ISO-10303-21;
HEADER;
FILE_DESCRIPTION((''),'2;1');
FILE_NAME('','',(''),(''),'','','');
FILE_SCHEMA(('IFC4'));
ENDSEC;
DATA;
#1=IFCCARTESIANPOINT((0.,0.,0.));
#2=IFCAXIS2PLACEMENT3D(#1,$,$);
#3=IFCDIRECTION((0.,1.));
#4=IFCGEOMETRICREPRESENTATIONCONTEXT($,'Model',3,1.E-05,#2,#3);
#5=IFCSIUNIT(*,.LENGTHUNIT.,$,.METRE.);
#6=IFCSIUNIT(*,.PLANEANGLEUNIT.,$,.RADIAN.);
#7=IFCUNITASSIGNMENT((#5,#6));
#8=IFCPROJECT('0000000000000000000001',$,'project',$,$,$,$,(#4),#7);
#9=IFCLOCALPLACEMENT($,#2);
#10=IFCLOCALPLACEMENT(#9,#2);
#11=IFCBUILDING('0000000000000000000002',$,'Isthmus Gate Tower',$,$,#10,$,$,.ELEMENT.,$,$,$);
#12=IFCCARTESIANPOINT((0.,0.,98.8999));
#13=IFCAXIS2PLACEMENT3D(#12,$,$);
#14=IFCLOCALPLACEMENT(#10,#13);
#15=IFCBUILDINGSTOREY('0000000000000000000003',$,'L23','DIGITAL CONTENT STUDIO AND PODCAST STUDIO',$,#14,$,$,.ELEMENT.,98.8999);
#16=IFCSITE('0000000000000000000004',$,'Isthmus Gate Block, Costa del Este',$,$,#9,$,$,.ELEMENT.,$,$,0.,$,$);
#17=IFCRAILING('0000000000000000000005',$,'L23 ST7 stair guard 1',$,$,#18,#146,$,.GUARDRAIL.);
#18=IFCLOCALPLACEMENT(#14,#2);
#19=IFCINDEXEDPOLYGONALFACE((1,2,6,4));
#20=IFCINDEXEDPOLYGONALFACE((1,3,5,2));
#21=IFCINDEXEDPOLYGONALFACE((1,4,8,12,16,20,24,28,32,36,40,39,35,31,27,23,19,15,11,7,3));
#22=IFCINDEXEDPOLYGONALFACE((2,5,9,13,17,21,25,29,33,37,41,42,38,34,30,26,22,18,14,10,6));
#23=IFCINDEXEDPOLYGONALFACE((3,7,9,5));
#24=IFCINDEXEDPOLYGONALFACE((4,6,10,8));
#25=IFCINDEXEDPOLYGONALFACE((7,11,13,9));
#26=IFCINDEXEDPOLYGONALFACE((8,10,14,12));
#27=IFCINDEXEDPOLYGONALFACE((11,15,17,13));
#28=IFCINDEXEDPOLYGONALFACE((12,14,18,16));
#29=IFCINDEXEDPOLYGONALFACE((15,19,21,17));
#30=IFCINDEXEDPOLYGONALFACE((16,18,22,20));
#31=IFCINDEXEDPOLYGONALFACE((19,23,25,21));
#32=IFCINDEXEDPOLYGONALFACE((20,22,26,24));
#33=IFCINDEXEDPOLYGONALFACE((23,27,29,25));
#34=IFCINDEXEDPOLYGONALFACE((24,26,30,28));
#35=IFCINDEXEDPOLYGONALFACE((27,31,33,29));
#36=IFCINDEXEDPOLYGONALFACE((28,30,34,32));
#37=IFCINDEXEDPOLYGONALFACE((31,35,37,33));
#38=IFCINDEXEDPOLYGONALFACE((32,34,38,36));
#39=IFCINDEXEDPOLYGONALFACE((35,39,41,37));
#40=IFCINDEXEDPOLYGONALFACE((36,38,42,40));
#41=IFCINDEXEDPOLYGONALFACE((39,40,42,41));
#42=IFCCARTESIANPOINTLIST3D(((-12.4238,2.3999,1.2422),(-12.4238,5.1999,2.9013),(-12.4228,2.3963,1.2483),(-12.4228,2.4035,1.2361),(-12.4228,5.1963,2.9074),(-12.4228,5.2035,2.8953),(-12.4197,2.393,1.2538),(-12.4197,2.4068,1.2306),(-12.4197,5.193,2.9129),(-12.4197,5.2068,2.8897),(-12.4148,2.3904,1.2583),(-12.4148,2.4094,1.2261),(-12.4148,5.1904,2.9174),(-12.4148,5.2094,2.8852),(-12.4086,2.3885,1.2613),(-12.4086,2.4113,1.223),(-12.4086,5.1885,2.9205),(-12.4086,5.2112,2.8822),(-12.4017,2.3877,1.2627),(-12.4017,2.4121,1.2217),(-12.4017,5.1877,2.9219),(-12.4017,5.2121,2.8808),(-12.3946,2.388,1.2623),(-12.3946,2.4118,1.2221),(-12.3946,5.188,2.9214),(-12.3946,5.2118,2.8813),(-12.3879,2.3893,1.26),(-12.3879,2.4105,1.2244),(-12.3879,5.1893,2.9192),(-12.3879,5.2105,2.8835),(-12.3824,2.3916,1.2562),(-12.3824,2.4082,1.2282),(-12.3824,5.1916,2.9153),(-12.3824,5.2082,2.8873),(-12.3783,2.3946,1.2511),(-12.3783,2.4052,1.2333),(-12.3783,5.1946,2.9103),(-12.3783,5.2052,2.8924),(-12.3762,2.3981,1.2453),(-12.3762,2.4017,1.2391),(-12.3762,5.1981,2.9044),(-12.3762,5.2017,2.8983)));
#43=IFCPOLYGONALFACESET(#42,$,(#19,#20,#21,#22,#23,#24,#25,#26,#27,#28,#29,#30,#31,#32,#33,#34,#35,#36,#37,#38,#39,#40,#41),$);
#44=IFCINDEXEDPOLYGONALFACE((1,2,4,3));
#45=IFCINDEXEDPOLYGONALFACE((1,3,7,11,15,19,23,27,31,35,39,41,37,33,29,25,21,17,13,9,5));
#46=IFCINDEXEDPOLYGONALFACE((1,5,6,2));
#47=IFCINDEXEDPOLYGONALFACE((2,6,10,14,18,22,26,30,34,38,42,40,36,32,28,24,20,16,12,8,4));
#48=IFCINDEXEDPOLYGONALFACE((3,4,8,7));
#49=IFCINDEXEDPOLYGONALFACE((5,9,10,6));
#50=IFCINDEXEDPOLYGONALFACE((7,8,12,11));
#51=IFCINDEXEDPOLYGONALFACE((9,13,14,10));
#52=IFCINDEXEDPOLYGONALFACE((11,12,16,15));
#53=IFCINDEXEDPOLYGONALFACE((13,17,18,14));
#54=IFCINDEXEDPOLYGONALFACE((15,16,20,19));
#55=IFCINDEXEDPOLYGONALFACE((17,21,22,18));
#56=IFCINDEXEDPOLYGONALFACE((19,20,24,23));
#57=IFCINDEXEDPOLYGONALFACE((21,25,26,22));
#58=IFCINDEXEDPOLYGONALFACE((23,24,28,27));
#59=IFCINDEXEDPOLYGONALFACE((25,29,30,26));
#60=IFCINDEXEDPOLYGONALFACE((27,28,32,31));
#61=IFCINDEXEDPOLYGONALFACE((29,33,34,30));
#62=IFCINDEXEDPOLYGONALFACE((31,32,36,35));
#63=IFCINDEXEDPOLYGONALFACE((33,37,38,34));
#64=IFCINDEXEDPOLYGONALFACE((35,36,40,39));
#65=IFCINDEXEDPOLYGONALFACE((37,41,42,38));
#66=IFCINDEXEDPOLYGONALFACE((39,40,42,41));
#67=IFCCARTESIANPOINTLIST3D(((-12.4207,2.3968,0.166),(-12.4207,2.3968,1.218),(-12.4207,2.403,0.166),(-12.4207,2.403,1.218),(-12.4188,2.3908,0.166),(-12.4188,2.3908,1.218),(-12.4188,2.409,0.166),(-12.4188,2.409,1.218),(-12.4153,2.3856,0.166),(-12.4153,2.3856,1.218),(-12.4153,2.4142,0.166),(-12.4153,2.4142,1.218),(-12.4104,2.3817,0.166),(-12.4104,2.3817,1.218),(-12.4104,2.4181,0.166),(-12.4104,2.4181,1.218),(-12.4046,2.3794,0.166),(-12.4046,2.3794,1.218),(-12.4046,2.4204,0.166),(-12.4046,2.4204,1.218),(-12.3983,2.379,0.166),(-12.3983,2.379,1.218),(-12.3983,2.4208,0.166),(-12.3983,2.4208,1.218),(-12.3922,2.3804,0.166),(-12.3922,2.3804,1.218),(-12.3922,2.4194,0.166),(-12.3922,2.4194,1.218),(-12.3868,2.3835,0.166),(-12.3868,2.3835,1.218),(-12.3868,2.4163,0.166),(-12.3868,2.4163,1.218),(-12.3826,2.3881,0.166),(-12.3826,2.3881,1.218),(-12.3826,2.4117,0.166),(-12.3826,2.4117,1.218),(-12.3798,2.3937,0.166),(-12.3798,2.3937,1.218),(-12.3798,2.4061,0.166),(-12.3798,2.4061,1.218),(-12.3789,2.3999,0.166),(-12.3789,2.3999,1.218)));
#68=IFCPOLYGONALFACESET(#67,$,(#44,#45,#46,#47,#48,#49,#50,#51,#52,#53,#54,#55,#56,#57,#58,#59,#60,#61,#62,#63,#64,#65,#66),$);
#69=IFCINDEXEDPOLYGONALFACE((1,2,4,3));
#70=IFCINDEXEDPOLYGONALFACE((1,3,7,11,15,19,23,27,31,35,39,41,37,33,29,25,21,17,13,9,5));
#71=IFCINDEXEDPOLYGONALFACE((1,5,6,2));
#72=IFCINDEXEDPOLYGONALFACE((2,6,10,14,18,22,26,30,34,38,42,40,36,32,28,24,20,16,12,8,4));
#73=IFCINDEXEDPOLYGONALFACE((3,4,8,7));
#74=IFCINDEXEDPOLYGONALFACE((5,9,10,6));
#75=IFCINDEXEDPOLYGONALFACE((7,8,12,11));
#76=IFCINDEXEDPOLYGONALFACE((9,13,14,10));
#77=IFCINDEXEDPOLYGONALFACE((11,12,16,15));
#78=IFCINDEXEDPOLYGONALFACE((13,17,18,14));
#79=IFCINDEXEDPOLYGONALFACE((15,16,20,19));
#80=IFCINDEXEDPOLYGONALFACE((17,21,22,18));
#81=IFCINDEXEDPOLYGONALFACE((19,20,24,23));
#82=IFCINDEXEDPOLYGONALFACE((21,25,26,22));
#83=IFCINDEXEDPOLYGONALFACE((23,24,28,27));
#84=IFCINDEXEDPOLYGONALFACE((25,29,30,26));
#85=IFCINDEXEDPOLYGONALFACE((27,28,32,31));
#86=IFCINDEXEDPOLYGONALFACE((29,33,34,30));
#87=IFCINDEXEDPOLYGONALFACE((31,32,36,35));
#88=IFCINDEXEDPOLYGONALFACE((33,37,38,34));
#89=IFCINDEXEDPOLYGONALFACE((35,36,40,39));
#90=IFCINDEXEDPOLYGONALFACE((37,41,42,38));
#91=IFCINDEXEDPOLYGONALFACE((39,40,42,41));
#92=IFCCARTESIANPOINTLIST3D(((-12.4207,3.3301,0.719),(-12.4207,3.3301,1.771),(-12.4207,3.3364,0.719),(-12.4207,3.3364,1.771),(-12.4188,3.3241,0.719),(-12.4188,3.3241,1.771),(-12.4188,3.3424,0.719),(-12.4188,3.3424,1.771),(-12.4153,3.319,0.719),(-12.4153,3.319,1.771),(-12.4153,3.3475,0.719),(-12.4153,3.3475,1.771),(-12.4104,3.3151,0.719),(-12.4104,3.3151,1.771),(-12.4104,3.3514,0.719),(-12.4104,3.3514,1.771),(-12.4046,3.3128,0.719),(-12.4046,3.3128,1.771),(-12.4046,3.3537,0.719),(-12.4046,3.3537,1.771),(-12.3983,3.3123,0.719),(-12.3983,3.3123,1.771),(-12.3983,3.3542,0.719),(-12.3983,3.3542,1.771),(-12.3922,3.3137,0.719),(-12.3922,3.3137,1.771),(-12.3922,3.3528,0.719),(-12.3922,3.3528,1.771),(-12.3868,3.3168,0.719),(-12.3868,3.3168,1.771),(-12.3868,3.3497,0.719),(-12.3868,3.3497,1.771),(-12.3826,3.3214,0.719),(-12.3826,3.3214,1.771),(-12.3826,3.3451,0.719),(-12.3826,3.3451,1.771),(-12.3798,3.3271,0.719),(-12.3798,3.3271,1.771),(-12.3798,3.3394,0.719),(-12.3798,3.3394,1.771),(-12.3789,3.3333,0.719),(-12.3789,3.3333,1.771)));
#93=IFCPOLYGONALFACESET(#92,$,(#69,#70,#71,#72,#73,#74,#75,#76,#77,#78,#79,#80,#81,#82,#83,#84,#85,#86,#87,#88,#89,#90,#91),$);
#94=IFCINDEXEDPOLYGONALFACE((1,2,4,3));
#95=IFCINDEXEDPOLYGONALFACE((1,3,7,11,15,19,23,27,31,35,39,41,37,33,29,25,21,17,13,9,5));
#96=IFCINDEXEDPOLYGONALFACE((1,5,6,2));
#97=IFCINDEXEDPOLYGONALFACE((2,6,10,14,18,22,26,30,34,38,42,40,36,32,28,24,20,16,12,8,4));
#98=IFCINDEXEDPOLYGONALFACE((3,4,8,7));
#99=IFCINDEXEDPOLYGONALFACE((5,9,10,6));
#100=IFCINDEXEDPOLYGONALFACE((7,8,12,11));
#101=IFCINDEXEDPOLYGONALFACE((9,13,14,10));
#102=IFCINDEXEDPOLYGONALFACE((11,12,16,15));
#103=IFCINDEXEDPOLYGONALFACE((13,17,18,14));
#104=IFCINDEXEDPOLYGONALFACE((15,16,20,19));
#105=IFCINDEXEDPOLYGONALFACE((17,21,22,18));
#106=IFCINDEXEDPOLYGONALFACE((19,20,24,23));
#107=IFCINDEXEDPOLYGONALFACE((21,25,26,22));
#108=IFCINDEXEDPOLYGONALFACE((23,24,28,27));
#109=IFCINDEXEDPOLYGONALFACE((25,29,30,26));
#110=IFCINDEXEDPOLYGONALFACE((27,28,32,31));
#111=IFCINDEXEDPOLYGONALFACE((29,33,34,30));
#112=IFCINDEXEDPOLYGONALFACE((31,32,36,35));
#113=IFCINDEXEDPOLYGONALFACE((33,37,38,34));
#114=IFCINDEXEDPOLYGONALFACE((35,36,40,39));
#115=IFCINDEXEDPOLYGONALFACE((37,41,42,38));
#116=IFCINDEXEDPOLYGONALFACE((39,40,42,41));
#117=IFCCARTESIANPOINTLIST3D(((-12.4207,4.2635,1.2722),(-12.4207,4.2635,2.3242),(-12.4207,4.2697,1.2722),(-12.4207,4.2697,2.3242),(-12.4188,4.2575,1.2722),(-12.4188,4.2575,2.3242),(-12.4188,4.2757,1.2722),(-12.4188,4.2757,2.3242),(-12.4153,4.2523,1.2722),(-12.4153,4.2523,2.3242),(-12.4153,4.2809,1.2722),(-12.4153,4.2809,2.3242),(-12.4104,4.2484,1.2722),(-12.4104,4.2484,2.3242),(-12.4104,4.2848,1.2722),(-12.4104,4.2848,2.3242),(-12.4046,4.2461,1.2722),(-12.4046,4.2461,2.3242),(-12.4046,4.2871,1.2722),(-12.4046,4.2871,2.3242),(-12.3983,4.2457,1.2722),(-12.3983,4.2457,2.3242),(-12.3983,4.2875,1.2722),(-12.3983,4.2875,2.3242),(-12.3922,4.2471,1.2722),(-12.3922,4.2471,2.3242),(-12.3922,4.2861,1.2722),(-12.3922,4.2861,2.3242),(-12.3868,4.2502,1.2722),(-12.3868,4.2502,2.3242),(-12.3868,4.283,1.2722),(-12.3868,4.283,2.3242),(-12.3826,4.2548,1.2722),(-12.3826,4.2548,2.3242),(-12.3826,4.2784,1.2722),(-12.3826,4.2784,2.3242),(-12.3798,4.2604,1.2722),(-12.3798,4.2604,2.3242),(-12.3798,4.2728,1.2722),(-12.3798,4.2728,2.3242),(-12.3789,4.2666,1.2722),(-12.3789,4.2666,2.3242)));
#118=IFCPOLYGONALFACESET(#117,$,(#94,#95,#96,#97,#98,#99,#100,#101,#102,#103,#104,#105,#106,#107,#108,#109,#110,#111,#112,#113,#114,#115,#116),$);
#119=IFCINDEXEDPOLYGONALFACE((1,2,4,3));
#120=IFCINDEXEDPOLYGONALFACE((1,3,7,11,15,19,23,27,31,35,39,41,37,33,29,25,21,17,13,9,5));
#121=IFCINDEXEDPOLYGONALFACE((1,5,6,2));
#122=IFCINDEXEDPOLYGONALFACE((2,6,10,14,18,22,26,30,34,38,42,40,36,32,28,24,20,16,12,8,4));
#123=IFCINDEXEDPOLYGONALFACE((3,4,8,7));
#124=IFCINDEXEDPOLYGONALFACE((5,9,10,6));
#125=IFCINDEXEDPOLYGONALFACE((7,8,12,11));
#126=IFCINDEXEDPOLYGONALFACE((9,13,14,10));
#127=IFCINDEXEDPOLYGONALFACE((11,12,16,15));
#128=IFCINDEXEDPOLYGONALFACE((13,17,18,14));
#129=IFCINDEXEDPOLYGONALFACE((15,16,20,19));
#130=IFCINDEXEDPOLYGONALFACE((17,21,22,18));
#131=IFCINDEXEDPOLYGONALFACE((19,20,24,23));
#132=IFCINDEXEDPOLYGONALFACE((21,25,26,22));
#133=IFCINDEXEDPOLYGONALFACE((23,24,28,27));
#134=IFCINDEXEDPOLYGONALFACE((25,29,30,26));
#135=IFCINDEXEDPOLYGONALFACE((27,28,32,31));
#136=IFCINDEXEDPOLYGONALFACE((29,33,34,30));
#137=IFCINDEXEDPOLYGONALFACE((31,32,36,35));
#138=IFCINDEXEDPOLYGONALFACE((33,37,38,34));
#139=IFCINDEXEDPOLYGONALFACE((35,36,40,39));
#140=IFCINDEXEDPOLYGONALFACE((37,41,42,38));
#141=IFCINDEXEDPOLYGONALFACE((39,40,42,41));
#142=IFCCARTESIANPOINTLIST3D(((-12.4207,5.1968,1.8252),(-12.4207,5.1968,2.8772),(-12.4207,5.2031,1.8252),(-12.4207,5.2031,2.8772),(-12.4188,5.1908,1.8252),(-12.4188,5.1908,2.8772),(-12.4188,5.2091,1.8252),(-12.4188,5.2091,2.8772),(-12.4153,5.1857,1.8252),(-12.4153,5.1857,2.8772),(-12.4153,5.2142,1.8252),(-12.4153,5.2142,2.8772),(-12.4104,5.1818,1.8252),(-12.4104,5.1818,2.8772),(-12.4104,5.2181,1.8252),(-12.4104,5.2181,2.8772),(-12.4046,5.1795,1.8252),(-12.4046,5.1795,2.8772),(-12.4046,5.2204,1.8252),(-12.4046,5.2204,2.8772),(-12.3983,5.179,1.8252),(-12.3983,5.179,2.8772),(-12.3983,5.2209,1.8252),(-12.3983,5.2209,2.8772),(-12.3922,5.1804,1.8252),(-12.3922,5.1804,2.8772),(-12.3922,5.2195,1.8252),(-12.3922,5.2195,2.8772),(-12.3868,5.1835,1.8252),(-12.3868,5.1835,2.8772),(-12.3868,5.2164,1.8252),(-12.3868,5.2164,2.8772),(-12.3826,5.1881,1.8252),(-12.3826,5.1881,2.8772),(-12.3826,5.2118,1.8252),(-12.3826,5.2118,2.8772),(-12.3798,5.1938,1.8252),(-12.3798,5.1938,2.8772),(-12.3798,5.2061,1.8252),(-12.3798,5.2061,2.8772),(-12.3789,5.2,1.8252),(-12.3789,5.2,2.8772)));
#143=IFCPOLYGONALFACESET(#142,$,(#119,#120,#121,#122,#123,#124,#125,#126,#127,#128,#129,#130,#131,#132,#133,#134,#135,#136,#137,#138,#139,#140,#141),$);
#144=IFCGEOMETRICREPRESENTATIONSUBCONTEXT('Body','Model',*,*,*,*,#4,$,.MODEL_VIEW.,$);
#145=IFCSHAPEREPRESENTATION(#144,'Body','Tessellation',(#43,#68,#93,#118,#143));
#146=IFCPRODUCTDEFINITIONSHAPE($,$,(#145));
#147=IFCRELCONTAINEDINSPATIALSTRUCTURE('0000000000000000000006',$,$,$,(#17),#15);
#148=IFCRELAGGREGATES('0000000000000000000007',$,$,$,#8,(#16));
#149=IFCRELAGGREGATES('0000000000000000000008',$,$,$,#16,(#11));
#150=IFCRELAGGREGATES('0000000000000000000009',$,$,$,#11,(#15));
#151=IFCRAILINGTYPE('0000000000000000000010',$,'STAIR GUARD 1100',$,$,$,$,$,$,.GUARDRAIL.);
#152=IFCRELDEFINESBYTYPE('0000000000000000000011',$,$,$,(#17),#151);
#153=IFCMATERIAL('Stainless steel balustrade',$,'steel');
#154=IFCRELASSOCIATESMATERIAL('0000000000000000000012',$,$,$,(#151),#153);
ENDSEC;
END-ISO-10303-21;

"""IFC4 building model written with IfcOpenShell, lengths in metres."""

from ifc_helpers import new_model, si_unit, direction, frame, origin, origin_2d, place, context, subcontext, project, spatial, circle, extrude, material, type_object, element, save


model = new_model("IFC4")

# Units and contexts
model_context = context("Model", 3, precision=1e-05, world=origin(), true_north=direction((0.0, 1.0)))
body_context = subcontext(model_context, "Body", "Model", "MODEL_VIEW")
ifc_project = project(units=[si_unit("LENGTHUNIT", "METRE"), si_unit("PLANEANGLEUNIT", "RADIAN")], contexts=[model_context])

# Site, building, storey
site_placement = place(None, origin())
site = spatial("IfcSite", under=ifc_project, at=site_placement, Name="Isthmus Gate Block, Costa del Este", CompositionType="ELEMENT", RefElevation=0.0)
building_placement = place(site_placement, origin())
building = spatial("IfcBuilding", under=site, at=building_placement, Name="Isthmus Gate Tower", CompositionType="ELEMENT")
storey_placement = place(building_placement, frame((0.0, 0.0, 98.8999)))
storey = spatial("IfcBuildingStorey", under=building, at=storey_placement, Name="L23", Description="DIGITAL CONTENT STUDIO AND PODCAST STUDIO", CompositionType="ELEMENT", Elevation=98.8999)

# Railing
ifc_material_1 = material(Name="Stainless steel balustrade", Category="steel")
railing_type_1 = type_object("IfcRailingType", Name="STAIR GUARD 1100", PredefinedType="GUARDRAIL", material=ifc_material_1)
railing_1_placement = place(storey_placement, frame((-12.3999, 2.3999, 0.166)))
element("IfcRailing", 1, at=railing_1_placement, inside=storey, type_object=railing_type_1, Name="L23 ST7 stair guard 1", PredefinedType="GUARDRAIL", context=body_context, shape_type="SweptSolid", body=[
    extrude(circle(Radius=0.0239, at=origin_2d()), frame((0.0, 0.0, 1.0762), z_axis=(0.0, 0.860306, 0.509778), x_axis=(-1.0, 0.0, 0.0)), (0.0, 0.0, 1.0), 3.2546),
    extrude(circle(Radius=0.021, at=origin_2d()), origin(), (0.0, 0.0, 1.0), 1.052),
    extrude(circle(Radius=0.021, at=origin_2d()), frame((0.0, 0.9333, 0.553)), (0.0, 0.0, 1.0), 1.052),
    extrude(circle(Radius=0.021, at=origin_2d()), frame((0.0, 1.8667, 1.1062)), (0.0, 0.0, 1.0), 1.052),
    extrude(circle(Radius=0.021, at=origin_2d()), frame((0.0, 2.8, 1.6592)), (0.0, 0.0, 1.0), 1.052),
])

save(model, "model.ifc")
